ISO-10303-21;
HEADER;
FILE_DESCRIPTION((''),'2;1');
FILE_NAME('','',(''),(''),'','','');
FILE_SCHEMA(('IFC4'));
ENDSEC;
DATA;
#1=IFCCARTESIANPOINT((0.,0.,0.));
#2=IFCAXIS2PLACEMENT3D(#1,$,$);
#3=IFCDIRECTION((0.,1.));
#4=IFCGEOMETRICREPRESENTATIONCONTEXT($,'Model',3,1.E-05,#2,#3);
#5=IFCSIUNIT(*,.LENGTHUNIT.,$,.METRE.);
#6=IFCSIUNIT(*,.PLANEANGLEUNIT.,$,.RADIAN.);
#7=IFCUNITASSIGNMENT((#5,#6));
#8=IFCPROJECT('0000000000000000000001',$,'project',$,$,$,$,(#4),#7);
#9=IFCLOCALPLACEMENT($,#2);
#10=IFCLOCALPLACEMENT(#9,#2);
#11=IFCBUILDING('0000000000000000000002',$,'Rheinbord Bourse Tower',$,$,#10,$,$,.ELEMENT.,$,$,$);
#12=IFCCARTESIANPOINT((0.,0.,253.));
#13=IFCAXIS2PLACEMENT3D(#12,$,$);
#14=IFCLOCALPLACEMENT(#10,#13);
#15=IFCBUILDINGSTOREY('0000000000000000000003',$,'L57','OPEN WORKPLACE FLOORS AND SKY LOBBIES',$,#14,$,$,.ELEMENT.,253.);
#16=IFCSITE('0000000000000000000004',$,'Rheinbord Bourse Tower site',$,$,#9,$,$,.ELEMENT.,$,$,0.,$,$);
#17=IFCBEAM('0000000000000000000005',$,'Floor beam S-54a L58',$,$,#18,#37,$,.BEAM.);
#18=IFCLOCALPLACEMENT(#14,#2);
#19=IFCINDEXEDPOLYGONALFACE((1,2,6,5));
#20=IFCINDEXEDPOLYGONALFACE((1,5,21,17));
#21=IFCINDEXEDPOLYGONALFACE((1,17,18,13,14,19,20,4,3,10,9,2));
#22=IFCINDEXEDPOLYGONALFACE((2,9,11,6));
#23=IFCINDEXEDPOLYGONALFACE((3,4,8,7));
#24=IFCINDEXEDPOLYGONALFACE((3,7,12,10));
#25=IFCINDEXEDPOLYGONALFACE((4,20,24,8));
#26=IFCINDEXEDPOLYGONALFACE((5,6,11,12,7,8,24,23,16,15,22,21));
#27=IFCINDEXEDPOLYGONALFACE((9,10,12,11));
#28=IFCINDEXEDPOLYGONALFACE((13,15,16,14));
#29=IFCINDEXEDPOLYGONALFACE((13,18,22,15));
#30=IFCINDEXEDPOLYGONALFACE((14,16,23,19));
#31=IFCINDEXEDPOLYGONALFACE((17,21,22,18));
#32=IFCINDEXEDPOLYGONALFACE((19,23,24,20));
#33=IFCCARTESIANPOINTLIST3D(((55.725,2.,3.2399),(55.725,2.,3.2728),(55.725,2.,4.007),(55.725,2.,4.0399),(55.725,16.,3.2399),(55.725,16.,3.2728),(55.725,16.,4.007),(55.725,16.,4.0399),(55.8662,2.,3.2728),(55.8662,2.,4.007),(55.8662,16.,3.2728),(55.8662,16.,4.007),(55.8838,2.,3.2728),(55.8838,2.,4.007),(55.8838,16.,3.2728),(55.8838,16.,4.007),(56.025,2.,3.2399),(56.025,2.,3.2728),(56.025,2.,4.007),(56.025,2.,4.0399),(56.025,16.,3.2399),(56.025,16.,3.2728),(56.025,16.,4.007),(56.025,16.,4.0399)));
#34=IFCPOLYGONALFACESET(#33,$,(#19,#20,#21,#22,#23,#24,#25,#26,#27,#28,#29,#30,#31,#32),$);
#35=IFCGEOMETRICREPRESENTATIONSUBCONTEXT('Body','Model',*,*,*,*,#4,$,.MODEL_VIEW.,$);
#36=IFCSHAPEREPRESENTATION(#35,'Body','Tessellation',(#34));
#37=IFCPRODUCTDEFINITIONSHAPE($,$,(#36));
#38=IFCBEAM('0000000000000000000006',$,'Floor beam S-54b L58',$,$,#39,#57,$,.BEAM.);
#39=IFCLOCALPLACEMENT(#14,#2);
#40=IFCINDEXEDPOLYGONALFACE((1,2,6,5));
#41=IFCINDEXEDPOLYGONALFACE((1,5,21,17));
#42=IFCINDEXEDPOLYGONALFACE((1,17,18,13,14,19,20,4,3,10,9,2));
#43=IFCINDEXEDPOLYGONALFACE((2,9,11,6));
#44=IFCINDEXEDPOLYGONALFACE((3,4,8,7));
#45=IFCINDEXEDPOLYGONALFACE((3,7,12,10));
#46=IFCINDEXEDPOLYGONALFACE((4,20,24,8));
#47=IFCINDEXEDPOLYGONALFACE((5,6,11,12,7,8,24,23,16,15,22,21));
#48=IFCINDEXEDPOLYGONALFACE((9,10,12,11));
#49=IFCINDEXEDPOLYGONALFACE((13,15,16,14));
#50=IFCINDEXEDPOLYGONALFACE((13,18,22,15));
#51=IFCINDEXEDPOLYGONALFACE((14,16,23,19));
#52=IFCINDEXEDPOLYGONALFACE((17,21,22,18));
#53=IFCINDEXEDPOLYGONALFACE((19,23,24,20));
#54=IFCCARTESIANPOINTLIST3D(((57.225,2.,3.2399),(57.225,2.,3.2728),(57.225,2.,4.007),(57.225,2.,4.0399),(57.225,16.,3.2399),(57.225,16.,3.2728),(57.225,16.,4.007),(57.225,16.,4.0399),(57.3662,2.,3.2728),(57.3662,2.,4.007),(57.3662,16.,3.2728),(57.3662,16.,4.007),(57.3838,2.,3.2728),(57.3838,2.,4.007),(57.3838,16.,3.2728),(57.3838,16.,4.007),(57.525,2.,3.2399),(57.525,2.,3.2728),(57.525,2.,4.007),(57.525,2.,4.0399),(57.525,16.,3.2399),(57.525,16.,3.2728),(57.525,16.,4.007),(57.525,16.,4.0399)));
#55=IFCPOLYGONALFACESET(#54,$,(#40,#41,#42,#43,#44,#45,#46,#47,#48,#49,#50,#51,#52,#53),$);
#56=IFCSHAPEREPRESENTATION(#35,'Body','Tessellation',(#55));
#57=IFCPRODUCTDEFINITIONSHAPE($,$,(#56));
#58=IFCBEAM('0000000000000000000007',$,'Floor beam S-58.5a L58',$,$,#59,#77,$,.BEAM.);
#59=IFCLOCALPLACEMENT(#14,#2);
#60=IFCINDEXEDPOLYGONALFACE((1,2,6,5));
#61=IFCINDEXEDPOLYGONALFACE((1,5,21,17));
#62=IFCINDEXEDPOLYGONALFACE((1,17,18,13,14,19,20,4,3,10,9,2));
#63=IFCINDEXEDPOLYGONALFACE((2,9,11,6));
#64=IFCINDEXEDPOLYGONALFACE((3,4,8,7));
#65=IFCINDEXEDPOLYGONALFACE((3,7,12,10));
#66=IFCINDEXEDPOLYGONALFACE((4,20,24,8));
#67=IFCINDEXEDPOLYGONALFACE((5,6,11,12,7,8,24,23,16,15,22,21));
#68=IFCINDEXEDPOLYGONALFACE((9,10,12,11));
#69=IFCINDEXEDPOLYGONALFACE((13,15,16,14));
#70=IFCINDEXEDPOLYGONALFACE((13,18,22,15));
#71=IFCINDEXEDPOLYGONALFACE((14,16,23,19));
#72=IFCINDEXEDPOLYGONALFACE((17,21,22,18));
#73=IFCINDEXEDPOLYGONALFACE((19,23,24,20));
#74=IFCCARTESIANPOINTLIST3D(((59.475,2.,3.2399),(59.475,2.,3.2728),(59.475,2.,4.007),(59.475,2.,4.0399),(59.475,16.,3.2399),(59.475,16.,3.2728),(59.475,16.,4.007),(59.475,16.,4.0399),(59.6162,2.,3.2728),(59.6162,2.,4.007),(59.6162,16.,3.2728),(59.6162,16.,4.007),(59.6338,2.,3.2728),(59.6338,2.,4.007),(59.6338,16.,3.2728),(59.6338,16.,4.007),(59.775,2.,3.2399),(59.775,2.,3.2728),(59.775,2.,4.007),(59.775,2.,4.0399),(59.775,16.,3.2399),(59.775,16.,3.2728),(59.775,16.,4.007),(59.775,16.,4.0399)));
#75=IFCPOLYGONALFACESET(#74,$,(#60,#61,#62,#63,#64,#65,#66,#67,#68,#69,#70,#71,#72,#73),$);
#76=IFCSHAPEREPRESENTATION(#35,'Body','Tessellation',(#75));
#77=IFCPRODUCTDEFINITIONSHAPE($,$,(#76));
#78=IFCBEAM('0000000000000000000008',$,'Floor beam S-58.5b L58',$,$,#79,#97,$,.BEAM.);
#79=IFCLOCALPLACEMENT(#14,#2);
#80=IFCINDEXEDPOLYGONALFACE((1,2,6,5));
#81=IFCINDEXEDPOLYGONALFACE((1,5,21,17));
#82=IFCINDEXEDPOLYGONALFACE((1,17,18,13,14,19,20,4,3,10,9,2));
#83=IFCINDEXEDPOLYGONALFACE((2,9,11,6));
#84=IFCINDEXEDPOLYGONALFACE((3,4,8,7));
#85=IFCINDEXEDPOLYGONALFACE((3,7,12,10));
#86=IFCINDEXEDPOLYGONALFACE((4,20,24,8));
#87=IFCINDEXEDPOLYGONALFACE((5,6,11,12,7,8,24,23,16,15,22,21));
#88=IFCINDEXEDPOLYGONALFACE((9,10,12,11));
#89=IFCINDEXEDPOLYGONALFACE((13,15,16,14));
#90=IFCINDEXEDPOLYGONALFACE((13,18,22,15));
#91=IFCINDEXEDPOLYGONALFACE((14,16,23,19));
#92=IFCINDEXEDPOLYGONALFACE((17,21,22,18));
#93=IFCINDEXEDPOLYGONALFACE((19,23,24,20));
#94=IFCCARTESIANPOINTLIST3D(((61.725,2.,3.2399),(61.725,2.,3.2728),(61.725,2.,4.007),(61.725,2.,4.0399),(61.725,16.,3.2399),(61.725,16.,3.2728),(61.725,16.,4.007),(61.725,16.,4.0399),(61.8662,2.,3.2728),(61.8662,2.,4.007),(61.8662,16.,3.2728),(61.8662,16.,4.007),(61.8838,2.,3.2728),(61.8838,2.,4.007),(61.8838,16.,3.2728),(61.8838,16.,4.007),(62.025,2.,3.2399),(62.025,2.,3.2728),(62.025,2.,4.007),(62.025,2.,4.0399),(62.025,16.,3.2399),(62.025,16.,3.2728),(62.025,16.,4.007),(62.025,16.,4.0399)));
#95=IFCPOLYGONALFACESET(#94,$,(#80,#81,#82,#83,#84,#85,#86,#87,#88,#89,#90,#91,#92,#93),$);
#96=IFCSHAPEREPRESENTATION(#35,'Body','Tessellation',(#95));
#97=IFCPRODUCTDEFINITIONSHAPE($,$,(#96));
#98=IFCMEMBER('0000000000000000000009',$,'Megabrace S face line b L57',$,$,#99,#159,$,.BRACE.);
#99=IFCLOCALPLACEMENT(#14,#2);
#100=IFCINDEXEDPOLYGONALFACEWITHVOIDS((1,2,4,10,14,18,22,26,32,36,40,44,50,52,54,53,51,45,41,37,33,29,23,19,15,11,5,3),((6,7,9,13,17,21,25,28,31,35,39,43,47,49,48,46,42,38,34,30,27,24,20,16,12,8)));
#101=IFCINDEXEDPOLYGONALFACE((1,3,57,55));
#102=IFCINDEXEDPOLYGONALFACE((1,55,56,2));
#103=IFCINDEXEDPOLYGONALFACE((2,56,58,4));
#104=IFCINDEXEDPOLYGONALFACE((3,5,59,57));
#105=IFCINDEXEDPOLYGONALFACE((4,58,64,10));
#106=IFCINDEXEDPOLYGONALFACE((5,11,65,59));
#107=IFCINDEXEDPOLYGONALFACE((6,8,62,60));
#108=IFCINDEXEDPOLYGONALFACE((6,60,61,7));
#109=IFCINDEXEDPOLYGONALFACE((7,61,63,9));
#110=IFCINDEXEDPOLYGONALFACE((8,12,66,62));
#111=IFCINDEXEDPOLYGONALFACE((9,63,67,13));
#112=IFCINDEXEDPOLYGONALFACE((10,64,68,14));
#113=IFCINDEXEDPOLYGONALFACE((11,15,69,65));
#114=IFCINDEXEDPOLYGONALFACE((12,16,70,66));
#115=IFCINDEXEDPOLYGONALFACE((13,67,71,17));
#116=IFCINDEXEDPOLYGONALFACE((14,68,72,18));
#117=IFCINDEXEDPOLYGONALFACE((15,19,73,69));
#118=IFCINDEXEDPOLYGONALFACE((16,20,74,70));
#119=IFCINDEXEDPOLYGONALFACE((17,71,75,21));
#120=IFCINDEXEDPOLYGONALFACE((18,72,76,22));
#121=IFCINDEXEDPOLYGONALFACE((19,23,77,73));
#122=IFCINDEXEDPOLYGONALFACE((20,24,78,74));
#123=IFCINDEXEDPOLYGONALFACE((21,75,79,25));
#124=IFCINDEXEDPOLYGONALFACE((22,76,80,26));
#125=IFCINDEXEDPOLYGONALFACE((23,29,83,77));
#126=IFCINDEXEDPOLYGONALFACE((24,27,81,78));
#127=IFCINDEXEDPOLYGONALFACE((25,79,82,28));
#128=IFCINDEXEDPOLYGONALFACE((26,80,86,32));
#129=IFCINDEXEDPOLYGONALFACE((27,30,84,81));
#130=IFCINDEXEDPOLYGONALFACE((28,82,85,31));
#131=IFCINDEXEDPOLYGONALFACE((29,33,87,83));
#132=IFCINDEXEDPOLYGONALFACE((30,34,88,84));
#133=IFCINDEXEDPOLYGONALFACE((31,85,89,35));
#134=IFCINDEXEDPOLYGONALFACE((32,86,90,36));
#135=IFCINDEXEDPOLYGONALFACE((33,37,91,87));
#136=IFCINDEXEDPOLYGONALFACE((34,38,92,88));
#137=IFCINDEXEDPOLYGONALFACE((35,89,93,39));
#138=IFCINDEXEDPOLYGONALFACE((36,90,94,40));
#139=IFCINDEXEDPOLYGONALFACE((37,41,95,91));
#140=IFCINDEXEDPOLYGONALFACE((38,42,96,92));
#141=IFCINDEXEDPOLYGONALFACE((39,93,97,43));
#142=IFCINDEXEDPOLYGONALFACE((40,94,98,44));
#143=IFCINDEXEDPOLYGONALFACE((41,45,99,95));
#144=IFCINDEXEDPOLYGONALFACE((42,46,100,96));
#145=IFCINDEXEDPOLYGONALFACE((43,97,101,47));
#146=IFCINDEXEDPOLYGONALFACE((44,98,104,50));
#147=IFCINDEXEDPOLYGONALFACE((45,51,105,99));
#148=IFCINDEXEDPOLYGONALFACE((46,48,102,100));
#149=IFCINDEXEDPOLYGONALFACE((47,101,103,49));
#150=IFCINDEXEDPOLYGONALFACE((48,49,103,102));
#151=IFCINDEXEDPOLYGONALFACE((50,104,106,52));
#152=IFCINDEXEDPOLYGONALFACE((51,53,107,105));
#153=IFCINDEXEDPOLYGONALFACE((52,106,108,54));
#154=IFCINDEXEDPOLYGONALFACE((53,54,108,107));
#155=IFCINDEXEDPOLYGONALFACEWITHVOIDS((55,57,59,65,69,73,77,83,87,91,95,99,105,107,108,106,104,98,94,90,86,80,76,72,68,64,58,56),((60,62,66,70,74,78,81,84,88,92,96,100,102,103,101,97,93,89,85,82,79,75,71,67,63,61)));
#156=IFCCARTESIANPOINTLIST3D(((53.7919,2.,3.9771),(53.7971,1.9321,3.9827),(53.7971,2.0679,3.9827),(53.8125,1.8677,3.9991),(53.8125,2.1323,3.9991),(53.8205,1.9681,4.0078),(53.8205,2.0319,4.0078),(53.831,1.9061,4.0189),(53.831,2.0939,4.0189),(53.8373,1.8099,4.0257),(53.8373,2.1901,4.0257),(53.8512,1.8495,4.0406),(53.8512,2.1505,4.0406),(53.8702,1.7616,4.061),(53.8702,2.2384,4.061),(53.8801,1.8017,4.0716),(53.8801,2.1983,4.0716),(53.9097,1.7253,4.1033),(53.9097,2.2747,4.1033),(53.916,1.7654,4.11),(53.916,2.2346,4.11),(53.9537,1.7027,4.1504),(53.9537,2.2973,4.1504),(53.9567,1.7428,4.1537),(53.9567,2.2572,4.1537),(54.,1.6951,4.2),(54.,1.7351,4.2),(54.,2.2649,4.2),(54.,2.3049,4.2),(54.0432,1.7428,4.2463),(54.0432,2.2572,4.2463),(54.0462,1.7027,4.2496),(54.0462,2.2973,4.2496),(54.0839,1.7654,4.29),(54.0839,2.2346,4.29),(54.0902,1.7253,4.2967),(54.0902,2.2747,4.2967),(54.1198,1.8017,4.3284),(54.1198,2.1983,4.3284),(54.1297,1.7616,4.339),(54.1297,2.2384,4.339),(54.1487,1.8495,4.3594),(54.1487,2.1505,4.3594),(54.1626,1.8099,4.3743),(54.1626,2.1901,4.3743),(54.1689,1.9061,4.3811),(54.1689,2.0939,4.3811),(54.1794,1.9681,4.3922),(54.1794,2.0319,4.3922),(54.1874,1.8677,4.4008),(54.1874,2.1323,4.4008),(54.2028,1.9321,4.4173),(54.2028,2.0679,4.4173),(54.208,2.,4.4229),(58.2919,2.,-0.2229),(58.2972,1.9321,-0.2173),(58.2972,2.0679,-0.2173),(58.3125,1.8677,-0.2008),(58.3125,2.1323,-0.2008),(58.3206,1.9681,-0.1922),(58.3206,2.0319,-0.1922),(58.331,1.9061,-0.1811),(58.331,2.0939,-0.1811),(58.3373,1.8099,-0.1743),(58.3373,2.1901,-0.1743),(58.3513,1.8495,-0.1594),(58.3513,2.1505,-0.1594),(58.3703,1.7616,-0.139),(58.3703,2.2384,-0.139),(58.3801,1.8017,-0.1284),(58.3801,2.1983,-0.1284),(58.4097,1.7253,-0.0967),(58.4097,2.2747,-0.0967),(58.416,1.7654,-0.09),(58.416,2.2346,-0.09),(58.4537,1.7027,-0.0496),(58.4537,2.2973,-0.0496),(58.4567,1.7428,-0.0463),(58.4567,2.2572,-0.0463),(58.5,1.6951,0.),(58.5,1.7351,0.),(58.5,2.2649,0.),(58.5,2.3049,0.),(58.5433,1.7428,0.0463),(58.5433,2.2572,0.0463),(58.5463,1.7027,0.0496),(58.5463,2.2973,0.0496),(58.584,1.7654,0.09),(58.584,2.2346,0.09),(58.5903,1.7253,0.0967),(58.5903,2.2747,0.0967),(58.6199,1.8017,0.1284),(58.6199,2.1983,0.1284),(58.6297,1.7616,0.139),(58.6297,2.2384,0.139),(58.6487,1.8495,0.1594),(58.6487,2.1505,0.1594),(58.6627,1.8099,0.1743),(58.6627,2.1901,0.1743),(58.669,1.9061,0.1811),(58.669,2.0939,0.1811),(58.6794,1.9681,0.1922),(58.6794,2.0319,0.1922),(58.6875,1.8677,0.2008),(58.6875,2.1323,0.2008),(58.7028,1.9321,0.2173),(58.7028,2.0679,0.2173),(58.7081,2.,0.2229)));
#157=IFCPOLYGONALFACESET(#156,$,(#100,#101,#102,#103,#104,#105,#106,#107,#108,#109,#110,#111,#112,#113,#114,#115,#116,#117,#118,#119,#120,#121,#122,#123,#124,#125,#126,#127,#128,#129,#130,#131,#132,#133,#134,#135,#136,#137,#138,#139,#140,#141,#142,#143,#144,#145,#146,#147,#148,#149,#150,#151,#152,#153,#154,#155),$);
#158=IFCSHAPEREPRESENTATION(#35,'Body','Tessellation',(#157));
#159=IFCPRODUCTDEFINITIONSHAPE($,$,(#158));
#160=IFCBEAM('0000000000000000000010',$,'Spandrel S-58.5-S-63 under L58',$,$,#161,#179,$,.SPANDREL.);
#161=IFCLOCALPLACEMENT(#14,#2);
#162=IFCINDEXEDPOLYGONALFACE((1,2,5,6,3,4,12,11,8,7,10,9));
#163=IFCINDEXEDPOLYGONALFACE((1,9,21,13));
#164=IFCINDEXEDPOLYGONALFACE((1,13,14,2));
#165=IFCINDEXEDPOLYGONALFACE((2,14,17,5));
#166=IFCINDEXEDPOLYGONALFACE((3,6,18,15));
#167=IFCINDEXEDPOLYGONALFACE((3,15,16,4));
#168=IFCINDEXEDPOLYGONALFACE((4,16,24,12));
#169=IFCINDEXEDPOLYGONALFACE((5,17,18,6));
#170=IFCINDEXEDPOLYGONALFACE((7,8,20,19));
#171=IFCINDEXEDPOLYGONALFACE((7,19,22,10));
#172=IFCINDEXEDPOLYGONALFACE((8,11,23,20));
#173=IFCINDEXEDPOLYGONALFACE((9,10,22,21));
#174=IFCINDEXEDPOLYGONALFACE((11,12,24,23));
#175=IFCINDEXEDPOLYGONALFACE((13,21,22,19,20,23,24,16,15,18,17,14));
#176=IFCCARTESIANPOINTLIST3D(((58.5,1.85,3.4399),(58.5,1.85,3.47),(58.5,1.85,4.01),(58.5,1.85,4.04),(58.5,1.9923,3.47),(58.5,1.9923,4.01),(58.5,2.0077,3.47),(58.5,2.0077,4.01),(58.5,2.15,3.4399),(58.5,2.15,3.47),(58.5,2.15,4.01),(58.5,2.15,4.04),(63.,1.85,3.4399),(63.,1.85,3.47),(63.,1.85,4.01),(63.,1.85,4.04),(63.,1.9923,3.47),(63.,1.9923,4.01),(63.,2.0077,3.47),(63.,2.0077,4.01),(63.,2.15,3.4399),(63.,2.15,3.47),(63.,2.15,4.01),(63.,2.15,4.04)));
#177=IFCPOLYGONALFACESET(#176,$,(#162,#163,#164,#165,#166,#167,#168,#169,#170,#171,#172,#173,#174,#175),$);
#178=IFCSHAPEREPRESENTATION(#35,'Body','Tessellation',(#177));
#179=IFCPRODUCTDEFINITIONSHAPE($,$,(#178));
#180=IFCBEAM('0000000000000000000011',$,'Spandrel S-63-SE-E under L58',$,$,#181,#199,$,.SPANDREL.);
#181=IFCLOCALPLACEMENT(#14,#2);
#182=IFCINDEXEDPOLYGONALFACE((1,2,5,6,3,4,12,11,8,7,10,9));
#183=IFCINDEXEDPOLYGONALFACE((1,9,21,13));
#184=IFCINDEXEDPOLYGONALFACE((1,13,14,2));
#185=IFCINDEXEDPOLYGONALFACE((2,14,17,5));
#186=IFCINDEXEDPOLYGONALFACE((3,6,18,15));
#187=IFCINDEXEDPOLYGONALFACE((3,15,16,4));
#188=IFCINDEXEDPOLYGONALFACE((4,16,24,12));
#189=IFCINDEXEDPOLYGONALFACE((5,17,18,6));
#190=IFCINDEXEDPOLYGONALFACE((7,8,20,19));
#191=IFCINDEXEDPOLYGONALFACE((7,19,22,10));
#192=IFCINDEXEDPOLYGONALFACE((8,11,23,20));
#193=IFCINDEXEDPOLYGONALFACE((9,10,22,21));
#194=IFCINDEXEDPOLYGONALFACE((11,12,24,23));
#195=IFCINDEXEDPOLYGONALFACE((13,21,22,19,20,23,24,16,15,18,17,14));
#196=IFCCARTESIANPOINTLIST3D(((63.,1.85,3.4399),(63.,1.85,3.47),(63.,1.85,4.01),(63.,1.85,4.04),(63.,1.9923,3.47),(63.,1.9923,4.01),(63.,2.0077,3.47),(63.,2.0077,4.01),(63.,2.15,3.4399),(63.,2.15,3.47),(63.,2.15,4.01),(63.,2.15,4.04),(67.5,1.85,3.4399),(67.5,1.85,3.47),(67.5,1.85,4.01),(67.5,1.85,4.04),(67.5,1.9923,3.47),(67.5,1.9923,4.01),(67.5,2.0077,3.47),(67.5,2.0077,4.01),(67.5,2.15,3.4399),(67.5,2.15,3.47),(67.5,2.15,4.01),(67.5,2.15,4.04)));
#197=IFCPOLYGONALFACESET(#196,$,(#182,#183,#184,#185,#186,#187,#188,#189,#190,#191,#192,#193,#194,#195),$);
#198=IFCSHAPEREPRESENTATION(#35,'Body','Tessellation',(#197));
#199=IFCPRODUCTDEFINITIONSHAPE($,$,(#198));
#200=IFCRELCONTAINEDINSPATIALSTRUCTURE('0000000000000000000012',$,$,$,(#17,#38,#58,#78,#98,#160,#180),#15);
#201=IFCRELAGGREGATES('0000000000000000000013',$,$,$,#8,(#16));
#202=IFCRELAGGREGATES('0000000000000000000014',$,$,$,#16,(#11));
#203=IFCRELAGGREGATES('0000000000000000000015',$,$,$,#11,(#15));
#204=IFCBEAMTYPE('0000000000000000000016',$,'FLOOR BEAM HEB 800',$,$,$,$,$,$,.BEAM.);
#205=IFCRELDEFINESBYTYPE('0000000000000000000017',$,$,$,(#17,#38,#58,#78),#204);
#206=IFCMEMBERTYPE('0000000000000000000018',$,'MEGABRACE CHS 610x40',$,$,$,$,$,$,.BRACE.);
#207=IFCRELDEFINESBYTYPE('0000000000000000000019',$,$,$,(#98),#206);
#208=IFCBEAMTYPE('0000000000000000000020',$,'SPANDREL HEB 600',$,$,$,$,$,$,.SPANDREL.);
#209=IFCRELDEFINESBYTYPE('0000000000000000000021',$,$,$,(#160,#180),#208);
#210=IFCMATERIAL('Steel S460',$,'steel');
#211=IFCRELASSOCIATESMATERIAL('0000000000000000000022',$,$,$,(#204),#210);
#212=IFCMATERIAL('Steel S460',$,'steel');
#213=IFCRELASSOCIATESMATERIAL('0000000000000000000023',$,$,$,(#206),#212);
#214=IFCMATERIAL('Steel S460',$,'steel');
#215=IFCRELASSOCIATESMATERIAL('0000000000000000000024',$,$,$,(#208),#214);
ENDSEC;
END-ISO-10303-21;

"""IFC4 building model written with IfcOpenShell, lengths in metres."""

from ifc_helpers import new_model, si_unit, direction, frame, origin, origin_2d, place, context, subcontext, project, spatial, hollow_circle, i_section, extrude, material, material_profile, profile_set, type_object, element, save


model = new_model("IFC4")

# Units and contexts
model_context = context("Model", 3, precision=1e-05, world=origin(), true_north=direction((0.0, 1.0)))
body_context = subcontext(model_context, "Body", "Model", "MODEL_VIEW")
ifc_project = project(units=[si_unit("LENGTHUNIT", "METRE"), si_unit("PLANEANGLEUNIT", "RADIAN")], contexts=[model_context])

# Site, building, storey
site_placement = place(None, origin())
site = spatial("IfcSite", under=ifc_project, at=site_placement, Name="Rheinbord Bourse Tower site", CompositionType="ELEMENT", RefElevation=0.0)
building_placement = place(site_placement, origin())
building = spatial("IfcBuilding", under=site, at=building_placement, Name="Rheinbord Bourse Tower", CompositionType="ELEMENT")
storey_placement = place(building_placement, frame((0.0, 0.0, 253.0)))
storey = spatial("IfcBuildingStorey", under=building, at=storey_placement, Name="L57", Description="OPEN WORKPLACE FLOORS AND SKY LOBBIES", CompositionType="ELEMENT", Elevation=253.0)

# Beams
ifc_material_1 = material(Name="Steel S460", Category="steel")
ifc_material_profile_1 = material_profile(ifc_material_1, i_section(OverallWidth=0.3, OverallDepth=0.8, WebThickness=0.0176, FlangeThickness=0.033, at=origin_2d()), Name="HEB 800")
ifc_profile_set_1 = profile_set([ifc_material_profile_1], Name="Steel S460")
beam_type_1 = type_object("IfcBeamType", Name="FLOOR BEAM HEB 800", PredefinedType="BEAM", material=ifc_profile_set_1)
for number, where, z_axis, x_axis, name in (
    (1, (55.875, 2.0, 3.6399), (0.0, 1.0, 0.0), (-1.0, 0.0, 0.0), "Floor beam S-54a L58"),
    (2, (57.375, 2.0, 3.6399), (0.0, 1.0, 0.0), (-1.0, 0.0, 0.0), "Floor beam S-54b L58"),
    (3, (59.625, 2.0, 3.6399), (0.0, 1.0, 0.0), (-1.0, 0.0, 0.0), "Floor beam S-58.5a L58"),
    (4, (61.875, 2.0, 3.6399), (0.0, 1.0, 0.0), (-1.0, 0.0, 0.0), "Floor beam S-58.5b L58"),
):
    element("IfcBeam", number, at=place(storey_placement, frame(where, z_axis=z_axis, x_axis=x_axis)), inside=storey, type_object=beam_type_1, Name=name, PredefinedType="BEAM", context=body_context, shape_type="SweptSolid", body=[
        extrude(i_section(OverallWidth=0.3, OverallDepth=0.8, WebThickness=0.0176, FlangeThickness=0.033, at=origin_2d()), origin(), (0.0, 0.0, 1.0), 14.0),
    ])

# Member
ifc_material_2 = material(Name="Steel S460", Category="steel")
ifc_material_profile_2 = material_profile(ifc_material_2, hollow_circle(Radius=0.3049, WallThickness=0.04, at=origin_2d()), Name="CHS 610x40")
ifc_profile_set_2 = profile_set([ifc_material_profile_2], Name="Steel S460")
member_type_1 = type_object("IfcMemberType", Name="MEGABRACE CHS 610x40", PredefinedType="BRACE", material=ifc_profile_set_2)
member_1_placement = place(storey_placement, frame((58.5, 2.0, 0.0), z_axis=(-0.731059, 0.0, 0.682314), x_axis=(0.0, -1.0, 0.0)))
element("IfcMember", 5, at=member_1_placement, inside=storey, type_object=member_type_1, Name="Megabrace S face line b L57", PredefinedType="BRACE", context=body_context, shape_type="SweptSolid", body=[
    extrude(hollow_circle(Radius=0.3049, WallThickness=0.04, at=origin_2d()), origin(), (0.0, 0.0, 1.0), 6.1555),
])

# Beams
ifc_material_3 = material(Name="Steel S460", Category="steel")
ifc_material_profile_3 = material_profile(ifc_material_3, i_section(OverallWidth=0.3, OverallDepth=0.6001, WebThickness=0.0154, FlangeThickness=0.03, at=origin_2d()), Name="HEB 600")
ifc_profile_set_3 = profile_set([ifc_material_profile_3], Name="Steel S460")
beam_type_2 = type_object("IfcBeamType", Name="SPANDREL HEB 600", PredefinedType="SPANDREL", material=ifc_profile_set_3)
for number, where, z_axis, x_axis, name in (
    (6, (58.5, 2.0, 3.74), (1.0, 0.0, 0.0), (0.0, 1.0, 0.0), "Spandrel S-58.5-S-63 under L58"),
    (7, (63.0, 2.0, 3.74), (1.0, 0.0, 0.0), (0.0, 1.0, 0.0), "Spandrel S-63-SE-E under L58"),
):
    element("IfcBeam", number, at=place(storey_placement, frame(where, z_axis=z_axis, x_axis=x_axis)), inside=storey, type_object=beam_type_2, Name=name, PredefinedType="SPANDREL", context=body_context, shape_type="SweptSolid", body=[
        extrude(i_section(OverallWidth=0.3, OverallDepth=0.6001, WebThickness=0.0154, FlangeThickness=0.03, at=origin_2d()), origin(), (0.0, 0.0, 1.0), 4.5),
    ])

save(model, "model.ifc")
